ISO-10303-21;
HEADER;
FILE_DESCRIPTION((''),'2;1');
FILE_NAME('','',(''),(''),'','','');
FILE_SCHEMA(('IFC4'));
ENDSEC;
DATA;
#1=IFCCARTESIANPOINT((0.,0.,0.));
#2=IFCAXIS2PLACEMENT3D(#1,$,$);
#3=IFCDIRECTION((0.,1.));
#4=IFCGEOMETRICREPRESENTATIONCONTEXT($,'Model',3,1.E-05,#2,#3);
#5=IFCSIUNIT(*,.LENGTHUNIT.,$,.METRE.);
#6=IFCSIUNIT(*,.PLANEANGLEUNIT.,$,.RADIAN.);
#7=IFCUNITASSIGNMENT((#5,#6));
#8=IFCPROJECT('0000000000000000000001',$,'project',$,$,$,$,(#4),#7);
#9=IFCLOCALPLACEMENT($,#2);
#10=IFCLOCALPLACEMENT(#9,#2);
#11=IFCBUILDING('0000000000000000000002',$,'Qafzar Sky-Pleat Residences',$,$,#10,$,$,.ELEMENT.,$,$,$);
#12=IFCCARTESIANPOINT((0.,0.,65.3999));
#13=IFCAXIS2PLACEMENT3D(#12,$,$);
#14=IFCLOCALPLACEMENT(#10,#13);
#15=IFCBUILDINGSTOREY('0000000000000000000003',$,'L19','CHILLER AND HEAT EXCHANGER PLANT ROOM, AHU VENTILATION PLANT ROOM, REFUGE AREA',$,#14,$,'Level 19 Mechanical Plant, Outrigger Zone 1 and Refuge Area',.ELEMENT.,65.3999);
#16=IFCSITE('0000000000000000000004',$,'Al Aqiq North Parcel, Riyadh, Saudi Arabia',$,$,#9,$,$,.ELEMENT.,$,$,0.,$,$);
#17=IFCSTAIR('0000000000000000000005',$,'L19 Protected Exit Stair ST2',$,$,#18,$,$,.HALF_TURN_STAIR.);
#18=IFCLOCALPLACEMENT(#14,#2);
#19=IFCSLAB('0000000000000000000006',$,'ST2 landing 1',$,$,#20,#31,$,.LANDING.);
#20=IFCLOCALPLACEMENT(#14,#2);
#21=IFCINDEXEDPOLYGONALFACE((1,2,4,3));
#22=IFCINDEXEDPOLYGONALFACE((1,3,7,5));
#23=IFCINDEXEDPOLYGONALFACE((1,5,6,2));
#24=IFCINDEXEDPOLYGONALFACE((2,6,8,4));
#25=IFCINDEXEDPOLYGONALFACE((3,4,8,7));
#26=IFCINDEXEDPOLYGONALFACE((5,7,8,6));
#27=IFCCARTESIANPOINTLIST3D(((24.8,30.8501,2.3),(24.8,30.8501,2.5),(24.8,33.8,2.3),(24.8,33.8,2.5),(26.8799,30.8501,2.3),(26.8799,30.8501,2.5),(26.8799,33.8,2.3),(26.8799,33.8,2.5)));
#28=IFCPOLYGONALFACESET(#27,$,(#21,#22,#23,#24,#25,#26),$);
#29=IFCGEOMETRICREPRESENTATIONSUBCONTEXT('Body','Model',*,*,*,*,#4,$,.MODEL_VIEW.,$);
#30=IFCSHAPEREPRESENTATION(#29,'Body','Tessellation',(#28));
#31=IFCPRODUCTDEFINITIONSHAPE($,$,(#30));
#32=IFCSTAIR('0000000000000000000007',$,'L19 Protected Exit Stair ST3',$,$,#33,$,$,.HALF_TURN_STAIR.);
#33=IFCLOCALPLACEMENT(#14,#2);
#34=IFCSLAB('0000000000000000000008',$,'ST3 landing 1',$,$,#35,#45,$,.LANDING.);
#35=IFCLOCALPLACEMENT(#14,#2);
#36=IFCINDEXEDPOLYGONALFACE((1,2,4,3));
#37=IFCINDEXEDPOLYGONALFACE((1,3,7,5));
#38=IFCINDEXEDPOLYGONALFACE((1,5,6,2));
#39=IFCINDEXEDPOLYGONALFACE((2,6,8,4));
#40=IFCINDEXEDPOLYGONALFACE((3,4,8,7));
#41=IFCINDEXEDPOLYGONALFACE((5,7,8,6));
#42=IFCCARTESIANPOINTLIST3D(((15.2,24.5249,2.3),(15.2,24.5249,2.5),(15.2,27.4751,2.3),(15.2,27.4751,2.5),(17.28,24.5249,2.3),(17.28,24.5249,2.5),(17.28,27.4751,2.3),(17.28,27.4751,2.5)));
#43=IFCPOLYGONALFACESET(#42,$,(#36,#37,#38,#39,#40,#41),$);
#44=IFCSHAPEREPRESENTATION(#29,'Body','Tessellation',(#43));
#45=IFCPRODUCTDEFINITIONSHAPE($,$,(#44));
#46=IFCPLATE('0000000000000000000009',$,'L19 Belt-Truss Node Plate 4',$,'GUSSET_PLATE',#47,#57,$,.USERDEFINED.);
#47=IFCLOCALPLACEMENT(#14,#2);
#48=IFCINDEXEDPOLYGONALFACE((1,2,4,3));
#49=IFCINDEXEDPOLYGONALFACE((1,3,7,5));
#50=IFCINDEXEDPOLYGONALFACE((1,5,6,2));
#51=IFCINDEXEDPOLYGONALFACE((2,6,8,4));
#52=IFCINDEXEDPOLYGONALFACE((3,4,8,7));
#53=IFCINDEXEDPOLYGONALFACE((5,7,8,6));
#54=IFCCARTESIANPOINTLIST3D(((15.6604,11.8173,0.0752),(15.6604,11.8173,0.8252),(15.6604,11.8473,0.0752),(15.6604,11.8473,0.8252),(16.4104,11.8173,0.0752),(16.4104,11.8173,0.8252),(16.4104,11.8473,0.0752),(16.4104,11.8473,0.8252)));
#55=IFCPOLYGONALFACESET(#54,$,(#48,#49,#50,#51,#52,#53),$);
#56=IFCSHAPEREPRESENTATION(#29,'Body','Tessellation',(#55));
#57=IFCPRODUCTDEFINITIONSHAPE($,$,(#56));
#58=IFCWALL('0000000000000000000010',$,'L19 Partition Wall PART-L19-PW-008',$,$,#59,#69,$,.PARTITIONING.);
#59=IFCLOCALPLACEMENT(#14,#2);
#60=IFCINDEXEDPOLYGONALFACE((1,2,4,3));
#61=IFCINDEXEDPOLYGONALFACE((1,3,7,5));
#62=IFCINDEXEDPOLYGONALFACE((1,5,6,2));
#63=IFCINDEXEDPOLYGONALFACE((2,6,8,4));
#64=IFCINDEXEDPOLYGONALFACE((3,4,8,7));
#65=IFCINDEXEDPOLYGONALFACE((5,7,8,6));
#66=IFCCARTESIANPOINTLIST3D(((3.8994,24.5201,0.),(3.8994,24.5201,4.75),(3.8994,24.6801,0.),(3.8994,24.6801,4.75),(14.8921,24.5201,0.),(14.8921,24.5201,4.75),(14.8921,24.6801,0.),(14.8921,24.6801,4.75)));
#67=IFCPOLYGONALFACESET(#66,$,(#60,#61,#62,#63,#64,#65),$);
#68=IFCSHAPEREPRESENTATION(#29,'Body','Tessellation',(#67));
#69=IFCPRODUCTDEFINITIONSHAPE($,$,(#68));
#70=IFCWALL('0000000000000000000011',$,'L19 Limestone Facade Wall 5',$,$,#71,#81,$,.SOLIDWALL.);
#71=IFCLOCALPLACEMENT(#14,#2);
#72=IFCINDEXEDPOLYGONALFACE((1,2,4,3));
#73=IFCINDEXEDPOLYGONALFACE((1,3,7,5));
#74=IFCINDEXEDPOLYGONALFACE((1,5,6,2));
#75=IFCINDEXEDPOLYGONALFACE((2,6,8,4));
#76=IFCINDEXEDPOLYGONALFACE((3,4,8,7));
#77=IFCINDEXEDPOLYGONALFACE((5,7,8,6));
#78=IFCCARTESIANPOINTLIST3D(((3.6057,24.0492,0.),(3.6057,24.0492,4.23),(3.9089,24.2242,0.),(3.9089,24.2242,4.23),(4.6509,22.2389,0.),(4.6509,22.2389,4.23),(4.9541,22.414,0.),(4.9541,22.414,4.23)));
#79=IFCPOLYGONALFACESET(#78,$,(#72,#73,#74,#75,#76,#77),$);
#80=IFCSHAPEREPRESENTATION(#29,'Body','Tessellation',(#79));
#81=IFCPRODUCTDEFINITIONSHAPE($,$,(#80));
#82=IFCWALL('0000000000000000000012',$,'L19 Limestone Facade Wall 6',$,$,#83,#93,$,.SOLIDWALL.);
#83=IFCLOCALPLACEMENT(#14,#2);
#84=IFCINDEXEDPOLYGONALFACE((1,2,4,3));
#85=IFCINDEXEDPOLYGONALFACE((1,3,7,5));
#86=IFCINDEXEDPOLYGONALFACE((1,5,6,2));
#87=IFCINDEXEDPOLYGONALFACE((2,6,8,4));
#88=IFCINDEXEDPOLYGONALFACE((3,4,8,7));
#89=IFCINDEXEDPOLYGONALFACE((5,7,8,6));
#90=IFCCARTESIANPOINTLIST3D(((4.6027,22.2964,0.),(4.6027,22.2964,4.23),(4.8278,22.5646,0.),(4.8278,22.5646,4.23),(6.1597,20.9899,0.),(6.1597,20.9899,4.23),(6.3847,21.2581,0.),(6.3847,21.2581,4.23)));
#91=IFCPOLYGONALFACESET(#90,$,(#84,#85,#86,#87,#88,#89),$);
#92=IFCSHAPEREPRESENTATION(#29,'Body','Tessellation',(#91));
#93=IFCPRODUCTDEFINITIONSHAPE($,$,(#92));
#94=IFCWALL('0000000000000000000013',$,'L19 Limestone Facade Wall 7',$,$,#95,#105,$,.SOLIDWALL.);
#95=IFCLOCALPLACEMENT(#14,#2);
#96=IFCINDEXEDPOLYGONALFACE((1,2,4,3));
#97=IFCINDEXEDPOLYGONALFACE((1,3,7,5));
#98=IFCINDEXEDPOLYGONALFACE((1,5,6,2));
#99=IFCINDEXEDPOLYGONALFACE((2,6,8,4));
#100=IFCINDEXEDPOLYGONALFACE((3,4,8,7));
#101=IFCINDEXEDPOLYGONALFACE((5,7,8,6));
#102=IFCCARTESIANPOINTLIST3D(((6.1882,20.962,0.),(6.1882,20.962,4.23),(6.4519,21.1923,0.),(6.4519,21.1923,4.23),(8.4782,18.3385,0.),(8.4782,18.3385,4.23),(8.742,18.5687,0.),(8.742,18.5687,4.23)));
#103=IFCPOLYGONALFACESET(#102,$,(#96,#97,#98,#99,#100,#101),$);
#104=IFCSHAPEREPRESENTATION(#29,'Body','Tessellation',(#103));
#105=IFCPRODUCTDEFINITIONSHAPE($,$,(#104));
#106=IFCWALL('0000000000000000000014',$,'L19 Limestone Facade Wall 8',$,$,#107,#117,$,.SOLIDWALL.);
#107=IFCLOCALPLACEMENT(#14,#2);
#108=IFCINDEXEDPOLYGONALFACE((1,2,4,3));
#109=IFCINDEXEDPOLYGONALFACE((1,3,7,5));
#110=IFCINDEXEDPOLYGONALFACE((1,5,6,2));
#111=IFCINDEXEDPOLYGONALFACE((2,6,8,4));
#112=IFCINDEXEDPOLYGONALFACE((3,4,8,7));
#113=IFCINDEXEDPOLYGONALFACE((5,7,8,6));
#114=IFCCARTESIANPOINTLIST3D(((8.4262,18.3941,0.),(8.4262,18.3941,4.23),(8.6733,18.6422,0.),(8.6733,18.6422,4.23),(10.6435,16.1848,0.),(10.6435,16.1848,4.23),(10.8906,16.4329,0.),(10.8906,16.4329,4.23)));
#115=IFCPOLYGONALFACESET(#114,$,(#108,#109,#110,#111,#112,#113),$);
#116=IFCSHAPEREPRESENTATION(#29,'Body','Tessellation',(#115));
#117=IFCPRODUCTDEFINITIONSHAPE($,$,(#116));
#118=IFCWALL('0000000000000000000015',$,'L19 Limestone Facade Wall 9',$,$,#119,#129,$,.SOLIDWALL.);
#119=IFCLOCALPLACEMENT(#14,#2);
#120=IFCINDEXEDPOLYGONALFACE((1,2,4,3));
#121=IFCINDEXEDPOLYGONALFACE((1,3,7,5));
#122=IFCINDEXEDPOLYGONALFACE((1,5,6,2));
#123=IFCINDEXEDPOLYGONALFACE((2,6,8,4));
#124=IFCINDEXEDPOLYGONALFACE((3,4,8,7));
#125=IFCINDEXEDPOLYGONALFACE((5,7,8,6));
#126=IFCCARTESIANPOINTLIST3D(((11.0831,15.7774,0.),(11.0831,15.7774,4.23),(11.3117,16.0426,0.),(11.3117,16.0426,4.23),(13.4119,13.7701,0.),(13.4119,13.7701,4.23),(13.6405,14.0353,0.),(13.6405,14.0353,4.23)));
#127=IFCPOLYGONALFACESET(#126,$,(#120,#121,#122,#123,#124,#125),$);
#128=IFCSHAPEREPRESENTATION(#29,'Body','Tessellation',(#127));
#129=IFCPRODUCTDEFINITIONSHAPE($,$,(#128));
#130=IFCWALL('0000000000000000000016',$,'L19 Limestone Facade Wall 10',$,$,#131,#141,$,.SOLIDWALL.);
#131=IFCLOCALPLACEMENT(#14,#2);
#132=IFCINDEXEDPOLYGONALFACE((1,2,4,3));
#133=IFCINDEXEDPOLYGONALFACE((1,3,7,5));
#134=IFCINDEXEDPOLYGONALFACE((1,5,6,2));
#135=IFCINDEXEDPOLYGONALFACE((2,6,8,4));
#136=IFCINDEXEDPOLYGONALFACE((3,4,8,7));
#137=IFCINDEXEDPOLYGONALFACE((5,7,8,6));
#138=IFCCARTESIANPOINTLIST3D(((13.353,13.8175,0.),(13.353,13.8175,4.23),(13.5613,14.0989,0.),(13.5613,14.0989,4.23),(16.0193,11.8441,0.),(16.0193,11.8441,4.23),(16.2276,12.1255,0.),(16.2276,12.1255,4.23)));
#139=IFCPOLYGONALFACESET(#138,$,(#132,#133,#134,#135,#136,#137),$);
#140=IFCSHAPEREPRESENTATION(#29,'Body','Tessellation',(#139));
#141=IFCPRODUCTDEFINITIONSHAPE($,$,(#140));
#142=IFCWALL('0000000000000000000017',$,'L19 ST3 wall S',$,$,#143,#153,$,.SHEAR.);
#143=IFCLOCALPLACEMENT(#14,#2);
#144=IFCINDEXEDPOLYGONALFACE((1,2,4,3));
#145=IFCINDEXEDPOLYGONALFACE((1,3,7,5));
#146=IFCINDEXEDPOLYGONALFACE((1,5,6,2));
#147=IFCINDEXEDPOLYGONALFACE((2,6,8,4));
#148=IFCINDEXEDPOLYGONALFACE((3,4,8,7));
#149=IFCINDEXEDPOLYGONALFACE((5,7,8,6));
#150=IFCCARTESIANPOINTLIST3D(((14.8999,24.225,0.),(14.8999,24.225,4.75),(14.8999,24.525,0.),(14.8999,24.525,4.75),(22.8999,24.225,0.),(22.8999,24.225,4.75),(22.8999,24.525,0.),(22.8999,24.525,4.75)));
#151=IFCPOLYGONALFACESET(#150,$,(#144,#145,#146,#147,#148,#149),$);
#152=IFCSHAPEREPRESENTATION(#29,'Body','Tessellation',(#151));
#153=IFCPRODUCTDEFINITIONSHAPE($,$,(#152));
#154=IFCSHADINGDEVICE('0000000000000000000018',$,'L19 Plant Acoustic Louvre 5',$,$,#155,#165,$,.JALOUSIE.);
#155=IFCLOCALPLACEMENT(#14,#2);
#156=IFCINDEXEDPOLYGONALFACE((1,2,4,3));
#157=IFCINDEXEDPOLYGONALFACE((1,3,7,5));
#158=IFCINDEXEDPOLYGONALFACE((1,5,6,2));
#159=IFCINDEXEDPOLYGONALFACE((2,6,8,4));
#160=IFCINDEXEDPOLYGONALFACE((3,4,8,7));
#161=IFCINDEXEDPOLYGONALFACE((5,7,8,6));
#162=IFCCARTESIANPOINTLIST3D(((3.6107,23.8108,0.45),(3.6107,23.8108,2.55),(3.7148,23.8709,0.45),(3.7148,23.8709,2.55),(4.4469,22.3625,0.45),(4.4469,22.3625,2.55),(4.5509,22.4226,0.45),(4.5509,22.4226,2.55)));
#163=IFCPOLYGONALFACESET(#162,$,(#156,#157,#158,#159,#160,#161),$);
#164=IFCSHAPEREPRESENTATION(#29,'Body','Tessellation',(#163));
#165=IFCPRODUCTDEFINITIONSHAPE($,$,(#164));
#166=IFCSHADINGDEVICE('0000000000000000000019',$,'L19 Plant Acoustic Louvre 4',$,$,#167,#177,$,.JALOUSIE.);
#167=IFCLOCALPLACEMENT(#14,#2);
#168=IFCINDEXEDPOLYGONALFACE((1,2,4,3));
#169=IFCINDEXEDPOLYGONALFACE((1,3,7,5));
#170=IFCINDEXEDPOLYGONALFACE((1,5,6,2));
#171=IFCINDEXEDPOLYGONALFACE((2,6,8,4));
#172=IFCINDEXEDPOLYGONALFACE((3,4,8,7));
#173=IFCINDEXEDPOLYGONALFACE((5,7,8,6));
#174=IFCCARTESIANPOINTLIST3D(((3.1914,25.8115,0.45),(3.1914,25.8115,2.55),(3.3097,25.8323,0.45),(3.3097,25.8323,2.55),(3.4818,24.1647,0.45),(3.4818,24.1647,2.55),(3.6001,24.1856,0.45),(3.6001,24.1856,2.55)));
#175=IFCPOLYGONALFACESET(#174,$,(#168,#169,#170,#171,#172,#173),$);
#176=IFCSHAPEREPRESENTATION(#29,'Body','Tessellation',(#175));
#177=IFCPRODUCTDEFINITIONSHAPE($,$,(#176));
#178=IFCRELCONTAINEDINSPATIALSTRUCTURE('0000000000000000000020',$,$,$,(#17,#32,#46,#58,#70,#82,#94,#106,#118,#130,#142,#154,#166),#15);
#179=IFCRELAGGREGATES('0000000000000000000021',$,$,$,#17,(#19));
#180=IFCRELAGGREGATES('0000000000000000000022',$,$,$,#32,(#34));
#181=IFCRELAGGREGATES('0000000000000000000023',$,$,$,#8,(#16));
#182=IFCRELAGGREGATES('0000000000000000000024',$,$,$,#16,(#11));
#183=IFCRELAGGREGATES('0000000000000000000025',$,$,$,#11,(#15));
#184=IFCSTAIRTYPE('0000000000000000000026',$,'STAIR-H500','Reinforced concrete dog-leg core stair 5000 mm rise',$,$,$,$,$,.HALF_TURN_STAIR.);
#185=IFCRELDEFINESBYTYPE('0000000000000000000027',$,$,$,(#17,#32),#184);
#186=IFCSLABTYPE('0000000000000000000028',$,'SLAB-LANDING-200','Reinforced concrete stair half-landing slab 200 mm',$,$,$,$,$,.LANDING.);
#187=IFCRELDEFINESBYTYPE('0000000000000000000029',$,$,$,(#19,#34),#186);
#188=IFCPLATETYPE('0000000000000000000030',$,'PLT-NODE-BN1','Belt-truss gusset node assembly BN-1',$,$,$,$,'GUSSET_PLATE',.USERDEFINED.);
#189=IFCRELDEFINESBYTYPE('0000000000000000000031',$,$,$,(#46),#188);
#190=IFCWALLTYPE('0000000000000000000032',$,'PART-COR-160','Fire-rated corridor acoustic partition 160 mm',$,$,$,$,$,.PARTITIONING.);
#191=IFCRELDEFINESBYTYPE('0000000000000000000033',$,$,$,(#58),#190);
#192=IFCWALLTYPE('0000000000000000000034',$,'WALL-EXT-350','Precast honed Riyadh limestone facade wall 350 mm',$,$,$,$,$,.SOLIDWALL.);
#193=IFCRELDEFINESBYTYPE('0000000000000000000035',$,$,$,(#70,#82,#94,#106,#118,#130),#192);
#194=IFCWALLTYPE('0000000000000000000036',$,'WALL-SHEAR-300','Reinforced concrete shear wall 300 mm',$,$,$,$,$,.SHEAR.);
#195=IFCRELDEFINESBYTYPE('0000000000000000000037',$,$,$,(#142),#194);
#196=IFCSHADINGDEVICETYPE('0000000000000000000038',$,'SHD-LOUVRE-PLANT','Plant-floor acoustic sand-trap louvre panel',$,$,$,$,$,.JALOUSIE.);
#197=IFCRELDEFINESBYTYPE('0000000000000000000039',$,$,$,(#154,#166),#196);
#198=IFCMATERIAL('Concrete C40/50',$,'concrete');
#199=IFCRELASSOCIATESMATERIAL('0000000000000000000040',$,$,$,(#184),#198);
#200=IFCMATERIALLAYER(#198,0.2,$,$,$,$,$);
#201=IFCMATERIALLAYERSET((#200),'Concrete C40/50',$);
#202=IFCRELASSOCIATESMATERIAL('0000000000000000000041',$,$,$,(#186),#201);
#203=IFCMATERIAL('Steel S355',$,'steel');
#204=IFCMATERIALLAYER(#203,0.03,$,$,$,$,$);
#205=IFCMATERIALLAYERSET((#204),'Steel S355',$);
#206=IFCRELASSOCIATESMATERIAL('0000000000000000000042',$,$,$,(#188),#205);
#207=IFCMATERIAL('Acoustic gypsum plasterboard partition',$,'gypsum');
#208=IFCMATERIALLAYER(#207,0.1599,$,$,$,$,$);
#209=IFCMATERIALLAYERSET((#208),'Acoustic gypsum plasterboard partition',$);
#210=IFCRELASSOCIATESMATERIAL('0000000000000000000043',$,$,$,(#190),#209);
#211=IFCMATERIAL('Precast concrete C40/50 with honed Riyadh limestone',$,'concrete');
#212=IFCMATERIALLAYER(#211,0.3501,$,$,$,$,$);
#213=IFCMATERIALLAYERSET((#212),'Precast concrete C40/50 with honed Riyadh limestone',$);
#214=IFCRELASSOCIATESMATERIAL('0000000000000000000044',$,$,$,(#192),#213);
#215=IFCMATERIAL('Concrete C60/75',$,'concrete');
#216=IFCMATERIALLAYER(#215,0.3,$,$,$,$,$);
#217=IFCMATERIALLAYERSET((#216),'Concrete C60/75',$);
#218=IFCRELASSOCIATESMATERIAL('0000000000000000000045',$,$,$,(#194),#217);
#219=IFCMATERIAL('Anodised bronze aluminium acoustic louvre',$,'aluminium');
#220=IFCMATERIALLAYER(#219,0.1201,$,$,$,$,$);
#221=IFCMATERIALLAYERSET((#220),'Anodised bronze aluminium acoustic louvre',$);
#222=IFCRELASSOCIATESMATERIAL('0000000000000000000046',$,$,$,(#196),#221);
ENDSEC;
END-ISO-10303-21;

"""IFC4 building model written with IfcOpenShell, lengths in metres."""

from ifc_helpers import new_model, si_unit, direction, frame, frame_2d, origin, origin_2d, place, context, subcontext, project, spatial, polyline, rectangle, outline, extrude, source, transform, mapped, material, layer, layer_set, type_object, element, aggregate, save


model = new_model("IFC4")

# Units and contexts
model_context = context("Model", 3, precision=1e-05, world=origin(), true_north=direction((0.0, 1.0)))
body_context = subcontext(model_context, "Body", "Model", "MODEL_VIEW")
ifc_project = project(units=[si_unit("LENGTHUNIT", "METRE"), si_unit("PLANEANGLEUNIT", "RADIAN")], contexts=[model_context])

# Site, building, storey
site_placement = place(None, origin())
site = spatial("IfcSite", under=ifc_project, at=site_placement, Name="Al Aqiq North Parcel, Riyadh, Saudi Arabia", CompositionType="ELEMENT", RefElevation=0.0)
building_placement = place(site_placement, origin())
building = spatial("IfcBuilding", under=site, at=building_placement, Name="Qafzar Sky-Pleat Residences", CompositionType="ELEMENT")
storey_placement = place(building_placement, frame((0.0, 0.0, 65.3999)))
storey = spatial("IfcBuildingStorey", under=building, at=storey_placement, Name="L19", Description="CHILLER AND HEAT EXCHANGER PLANT ROOM, AHU VENTILATION PLANT ROOM, REFUGE AREA", LongName="Level 19 Mechanical Plant, Outrigger Zone 1 and Refuge Area", CompositionType="ELEMENT", Elevation=65.3999)

# Shared definitions
ifc_material_1 = material(Name="Concrete C60/75", Category="concrete")

# Shared definitions
ifc_material_2 = material(Name="Steel S355", Category="steel")

# Shared definitions
ifc_material_3 = material(Name="Concrete C40/50", Category="concrete")

# Stairs, slabs
stair_type = type_object("IfcStairType", Name="STAIR-H500", Description="Reinforced concrete dog-leg core stair 5000 mm rise", PredefinedType="HALF_TURN_STAIR", material=ifc_material_3)
ifc_layer_1 = layer(ifc_material_3, 0.2)
ifc_layer_set_1 = layer_set([ifc_layer_1], Name="Concrete C40/50")
slab_type_1 = type_object("IfcSlabType", Name="SLAB-LANDING-200", Description="Reinforced concrete stair half-landing slab 200 mm", PredefinedType="LANDING", material=ifc_layer_set_1)
stair_1_placement = place(storey_placement, origin())
stair_1 = element("IfcStair", 1, at=stair_1_placement, inside=storey, type_object=stair_type, Name="L19 Protected Exit Stair ST2", PredefinedType="HALF_TURN_STAIR")
slab_1_placement = place(storey_placement, frame((0.0, 0.0, 2.3)))
slab_1 = element("IfcSlab", 2, at=slab_1_placement, type_object=slab_type_1, Name="ST2 landing 1", PredefinedType="LANDING", context=body_context, shape_type="SweptSolid", body=[
    extrude(outline(polyline([(26.8799, 33.8), (24.8, 33.8), (24.8, 30.8501), (26.8799, 30.8501), (26.8799, 33.8)])), origin(), (0.0, 0.0, 1.0), 0.2),
])
aggregate(stair_1, [slab_1])
stair_2_placement = place(storey_placement, origin())
stair_2 = element("IfcStair", 3, at=stair_2_placement, inside=storey, type_object=stair_type, Name="L19 Protected Exit Stair ST3", PredefinedType="HALF_TURN_STAIR")
slab_2_placement = place(storey_placement, frame((0.0, 0.0, 2.3)))
slab_2 = element("IfcSlab", 4, at=slab_2_placement, type_object=slab_type_1, Name="ST3 landing 1", PredefinedType="LANDING", context=body_context, shape_type="SweptSolid", body=[
    extrude(outline(polyline([(17.28, 27.4751), (15.2, 27.4751), (15.2, 24.5249), (17.28, 24.5249), (17.28, 27.4751)])), origin(), (0.0, 0.0, 1.0), 0.2),
])
aggregate(stair_2, [slab_2])

# Plate
ifc_layer_2 = layer(ifc_material_2, 0.03)
ifc_layer_set_2 = layer_set([ifc_layer_2], Name="Steel S355")
plate_type = type_object("IfcPlateType", Name="PLT-NODE-BN1", Description="Belt-truss gusset node assembly BN-1", ElementType="GUSSET_PLATE", PredefinedType="USERDEFINED", material=ifc_layer_set_2)
shared_shape_1 = source(origin(), body_context, "Body", "SweptSolid", [
    extrude(rectangle(XDim=0.75, YDim=0.03, at=origin_2d()), origin(), (0.0, 0.0, 1.0), 0.75),
])
plate_placement = place(storey_placement, frame((16.0354, 11.8323, 0.0752), z_axis=(0.0, 0.0, 1.0), x_axis=(1.0, 0.0, 0.0)))
element("IfcPlate", 5, at=plate_placement, inside=storey, type_object=plate_type, Name="L19 Belt-Truss Node Plate 4", ObjectType="GUSSET_PLATE", PredefinedType="USERDEFINED", context=body_context, shape_type="MappedRepresentation", body=[
    mapped(shared_shape_1, transform((0.0, 0.0, 0.0), x_axis=(1.0, 0.0, 0.0), y_axis=(0.0, 1.0, 0.0), z_axis=(0.0, 0.0, 1.0), scale=1.0)),
])

# Walls
ifc_material_4 = material(Name="Acoustic gypsum plasterboard partition", Category="gypsum")
ifc_layer_3 = layer(ifc_material_4, 0.1599)
ifc_layer_set_3 = layer_set([ifc_layer_3], Name="Acoustic gypsum plasterboard partition")
wall_type_1 = type_object("IfcWallType", Name="PART-COR-160", Description="Fire-rated corridor acoustic partition 160 mm", PredefinedType="PARTITIONING", material=ifc_layer_set_3)
wall_1_placement = place(storey_placement, frame((3.8994, 24.6001, 0.0), z_axis=(0.0, 0.0, 1.0), x_axis=(1.0, 0.0, 0.0)))
element("IfcWall", 6, at=wall_1_placement, inside=storey, type_object=wall_type_1, Name="L19 Partition Wall PART-L19-PW-008", PredefinedType="PARTITIONING", context=body_context, shape_type="SweptSolid", body=[
    extrude(rectangle(XDim=10.9927, YDim=0.1599, at=frame_2d((5.4963, 0.0))), origin(), (0.0, 0.0, 1.0), 4.75),
])
ifc_material_5 = material(Name="Precast concrete C40/50 with honed Riyadh limestone", Category="concrete")
ifc_layer_4 = layer(ifc_material_5, 0.3501)
ifc_layer_set_4 = layer_set([ifc_layer_4], Name="Precast concrete C40/50 with honed Riyadh limestone")
wall_type_2 = type_object("IfcWallType", Name="WALL-EXT-350", Description="Precast honed Riyadh limestone facade wall 350 mm", PredefinedType="SOLIDWALL", material=ifc_layer_set_4)
wall_2_placement = place(storey_placement, frame((3.7573, 24.1367, 0.0), z_axis=(0.0, 0.0, 1.0), x_axis=(0.499995, -0.866028, 0.0)))
element("IfcWall", 7, at=wall_2_placement, inside=storey, type_object=wall_type_2, Name="L19 Limestone Facade Wall 5", PredefinedType="SOLIDWALL", context=body_context, shape_type="SweptSolid", body=[
    extrude(rectangle(XDim=2.0903, YDim=0.3501, at=frame_2d((1.0452, 0.0))), origin(), (0.0, 0.0, 1.0), 4.23),
])
wall_3_placement = place(storey_placement, frame((4.7153, 22.4304, 0.0), z_axis=(0.0, 0.0, 1.0), x_axis=(0.766041, -0.642792, 0.0)))
element("IfcWall", 8, at=wall_3_placement, inside=storey, type_object=wall_type_2, Name="L19 Limestone Facade Wall 6", PredefinedType="SOLIDWALL", context=body_context, shape_type="SweptSolid", body=[
    extrude(rectangle(XDim=2.0325, YDim=0.3501, at=frame_2d((1.0161, 0.0))), origin(), (0.0, 0.0, 1.0), 4.23),
])
wall_4_placement = place(storey_placement, frame((6.3201, 21.0771, 0.0), z_axis=(0.0, 0.0, 1.0), x_axis=(0.657601, -0.753367, 0.0)))
element("IfcWall", 9, at=wall_4_placement, inside=storey, type_object=wall_type_2, Name="L19 Limestone Facade Wall 7", PredefinedType="SOLIDWALL", context=body_context, shape_type="SweptSolid", body=[
    extrude(rectangle(XDim=3.4824, YDim=0.3501, at=frame_2d((1.7412, 0.0))), origin(), (0.0, 0.0, 1.0), 4.23),
])
wall_5_placement = place(storey_placement, frame((8.5498, 18.5181, 0.0), z_axis=(0.0, 0.0, 1.0), x_axis=(0.708393, -0.705819, 0.0)))
element("IfcWall", 10, at=wall_5_placement, inside=storey, type_object=wall_type_2, Name="L19 Limestone Facade Wall 8", PredefinedType="SOLIDWALL", context=body_context, shape_type="SweptSolid", body=[
    extrude(rectangle(XDim=3.1301, YDim=0.3501, at=frame_2d((1.5649, 0.0))), origin(), (0.0, 0.0, 1.0), 4.23),
])
wall_6_placement = place(storey_placement, frame((11.1975, 15.9099, 0.0), z_axis=(0.0, 0.0, 1.0), x_axis=(0.75746, -0.652882, 0.0)))
element("IfcWall", 11, at=wall_6_placement, inside=storey, type_object=wall_type_2, Name="L19 Limestone Facade Wall 9", PredefinedType="SOLIDWALL", context=body_context, shape_type="SweptSolid", body=[
    extrude(rectangle(XDim=3.0745, YDim=0.3501, at=frame_2d((1.5371, 0.0))), origin(), (0.0, 0.0, 1.0), 4.23),
])
wall_7_placement = place(storey_placement, frame((13.457, 13.9583, 0.0), z_axis=(0.0, 0.0, 1.0), x_axis=(0.803791, -0.594912, 0.0)))
element("IfcWall", 12, at=wall_7_placement, inside=storey, type_object=wall_type_2, Name="L19 Limestone Facade Wall 10", PredefinedType="SOLIDWALL", context=body_context, shape_type="SweptSolid", body=[
    extrude(rectangle(XDim=3.3171, YDim=0.3501, at=frame_2d((1.6587, 0.0))), origin(), (0.0, 0.0, 1.0), 4.23),
])
ifc_layer_5 = layer(ifc_material_1, 0.3)
ifc_layer_set_5 = layer_set([ifc_layer_5], Name="Concrete C60/75")
wall_type_3 = type_object("IfcWallType", Name="WALL-SHEAR-300", Description="Reinforced concrete shear wall 300 mm", PredefinedType="SHEAR", material=ifc_layer_set_5)
wall_8_placement = place(storey_placement, frame((14.8999, 24.375, 0.0), z_axis=(0.0, 0.0, 1.0), x_axis=(1.0, 0.0, 0.0)))
element("IfcWall", 13, at=wall_8_placement, inside=storey, type_object=wall_type_3, Name="L19 ST3 wall S", PredefinedType="SHEAR", context=body_context, shape_type="SweptSolid", body=[
    extrude(rectangle(XDim=8.0, YDim=0.3, at=frame_2d((4.0, 0.0))), origin(), (0.0, 0.0, 1.0), 4.75),
])

# Shading devices
ifc_material_6 = material(Name="Anodised bronze aluminium acoustic louvre", Category="aluminium")
ifc_layer_6 = layer(ifc_material_6, 0.1201)
ifc_layer_set_6 = layer_set([ifc_layer_6], Name="Anodised bronze aluminium acoustic louvre")
shading_device_type = type_object("IfcShadingDeviceType", Name="SHD-LOUVRE-PLANT", Description="Plant-floor acoustic sand-trap louvre panel", PredefinedType="JALOUSIE", material=ifc_layer_set_6)
shared_shape_2 = source(origin(), body_context, "Body", "SweptSolid", [
    extrude(rectangle(XDim=1.6724, YDim=0.1201, at=origin_2d()), origin(), (0.0, 0.0, 1.0), 2.1001),
])
shading_device_1_placement = place(storey_placement, frame((4.0808, 23.1167, 0.45), z_axis=(0.0, 0.0, 1.0), x_axis=(0.499972, -0.866041, 0.0)))
element("IfcShadingDevice", 14, at=shading_device_1_placement, inside=storey, type_object=shading_device_type, Name="L19 Plant Acoustic Louvre 5", PredefinedType="JALOUSIE", context=body_context, shape_type="MappedRepresentation", body=[
    mapped(shared_shape_2, transform((0.0, 0.0, 0.0), x_axis=(1.0, 0.0, 0.0), y_axis=(0.0, 1.0, 0.0), z_axis=(0.0, 0.0, 1.0), scale=1.0)),
])
shared_shape_3 = source(origin(), body_context, "Body", "SweptSolid", [
    extrude(rectangle(XDim=1.6721, YDim=0.1201, at=origin_2d()), origin(), (0.0, 0.0, 1.0), 2.1001),
])
shading_device_2_placement = place(storey_placement, frame((3.3958, 24.9985, 0.45), z_axis=(0.0, 0.0, 1.0), x_axis=(0.173663, -0.984805, 0.0)))
element("IfcShadingDevice", 15, at=shading_device_2_placement, inside=storey, type_object=shading_device_type, Name="L19 Plant Acoustic Louvre 4", PredefinedType="JALOUSIE", context=body_context, shape_type="MappedRepresentation", body=[
    mapped(shared_shape_3, transform((0.0, 0.0, 0.0), x_axis=(1.0, 0.0, 0.0), y_axis=(0.0, 1.0, 0.0), z_axis=(0.0, 0.0, 1.0), scale=1.0)),
])

save(model, "model.ifc")
